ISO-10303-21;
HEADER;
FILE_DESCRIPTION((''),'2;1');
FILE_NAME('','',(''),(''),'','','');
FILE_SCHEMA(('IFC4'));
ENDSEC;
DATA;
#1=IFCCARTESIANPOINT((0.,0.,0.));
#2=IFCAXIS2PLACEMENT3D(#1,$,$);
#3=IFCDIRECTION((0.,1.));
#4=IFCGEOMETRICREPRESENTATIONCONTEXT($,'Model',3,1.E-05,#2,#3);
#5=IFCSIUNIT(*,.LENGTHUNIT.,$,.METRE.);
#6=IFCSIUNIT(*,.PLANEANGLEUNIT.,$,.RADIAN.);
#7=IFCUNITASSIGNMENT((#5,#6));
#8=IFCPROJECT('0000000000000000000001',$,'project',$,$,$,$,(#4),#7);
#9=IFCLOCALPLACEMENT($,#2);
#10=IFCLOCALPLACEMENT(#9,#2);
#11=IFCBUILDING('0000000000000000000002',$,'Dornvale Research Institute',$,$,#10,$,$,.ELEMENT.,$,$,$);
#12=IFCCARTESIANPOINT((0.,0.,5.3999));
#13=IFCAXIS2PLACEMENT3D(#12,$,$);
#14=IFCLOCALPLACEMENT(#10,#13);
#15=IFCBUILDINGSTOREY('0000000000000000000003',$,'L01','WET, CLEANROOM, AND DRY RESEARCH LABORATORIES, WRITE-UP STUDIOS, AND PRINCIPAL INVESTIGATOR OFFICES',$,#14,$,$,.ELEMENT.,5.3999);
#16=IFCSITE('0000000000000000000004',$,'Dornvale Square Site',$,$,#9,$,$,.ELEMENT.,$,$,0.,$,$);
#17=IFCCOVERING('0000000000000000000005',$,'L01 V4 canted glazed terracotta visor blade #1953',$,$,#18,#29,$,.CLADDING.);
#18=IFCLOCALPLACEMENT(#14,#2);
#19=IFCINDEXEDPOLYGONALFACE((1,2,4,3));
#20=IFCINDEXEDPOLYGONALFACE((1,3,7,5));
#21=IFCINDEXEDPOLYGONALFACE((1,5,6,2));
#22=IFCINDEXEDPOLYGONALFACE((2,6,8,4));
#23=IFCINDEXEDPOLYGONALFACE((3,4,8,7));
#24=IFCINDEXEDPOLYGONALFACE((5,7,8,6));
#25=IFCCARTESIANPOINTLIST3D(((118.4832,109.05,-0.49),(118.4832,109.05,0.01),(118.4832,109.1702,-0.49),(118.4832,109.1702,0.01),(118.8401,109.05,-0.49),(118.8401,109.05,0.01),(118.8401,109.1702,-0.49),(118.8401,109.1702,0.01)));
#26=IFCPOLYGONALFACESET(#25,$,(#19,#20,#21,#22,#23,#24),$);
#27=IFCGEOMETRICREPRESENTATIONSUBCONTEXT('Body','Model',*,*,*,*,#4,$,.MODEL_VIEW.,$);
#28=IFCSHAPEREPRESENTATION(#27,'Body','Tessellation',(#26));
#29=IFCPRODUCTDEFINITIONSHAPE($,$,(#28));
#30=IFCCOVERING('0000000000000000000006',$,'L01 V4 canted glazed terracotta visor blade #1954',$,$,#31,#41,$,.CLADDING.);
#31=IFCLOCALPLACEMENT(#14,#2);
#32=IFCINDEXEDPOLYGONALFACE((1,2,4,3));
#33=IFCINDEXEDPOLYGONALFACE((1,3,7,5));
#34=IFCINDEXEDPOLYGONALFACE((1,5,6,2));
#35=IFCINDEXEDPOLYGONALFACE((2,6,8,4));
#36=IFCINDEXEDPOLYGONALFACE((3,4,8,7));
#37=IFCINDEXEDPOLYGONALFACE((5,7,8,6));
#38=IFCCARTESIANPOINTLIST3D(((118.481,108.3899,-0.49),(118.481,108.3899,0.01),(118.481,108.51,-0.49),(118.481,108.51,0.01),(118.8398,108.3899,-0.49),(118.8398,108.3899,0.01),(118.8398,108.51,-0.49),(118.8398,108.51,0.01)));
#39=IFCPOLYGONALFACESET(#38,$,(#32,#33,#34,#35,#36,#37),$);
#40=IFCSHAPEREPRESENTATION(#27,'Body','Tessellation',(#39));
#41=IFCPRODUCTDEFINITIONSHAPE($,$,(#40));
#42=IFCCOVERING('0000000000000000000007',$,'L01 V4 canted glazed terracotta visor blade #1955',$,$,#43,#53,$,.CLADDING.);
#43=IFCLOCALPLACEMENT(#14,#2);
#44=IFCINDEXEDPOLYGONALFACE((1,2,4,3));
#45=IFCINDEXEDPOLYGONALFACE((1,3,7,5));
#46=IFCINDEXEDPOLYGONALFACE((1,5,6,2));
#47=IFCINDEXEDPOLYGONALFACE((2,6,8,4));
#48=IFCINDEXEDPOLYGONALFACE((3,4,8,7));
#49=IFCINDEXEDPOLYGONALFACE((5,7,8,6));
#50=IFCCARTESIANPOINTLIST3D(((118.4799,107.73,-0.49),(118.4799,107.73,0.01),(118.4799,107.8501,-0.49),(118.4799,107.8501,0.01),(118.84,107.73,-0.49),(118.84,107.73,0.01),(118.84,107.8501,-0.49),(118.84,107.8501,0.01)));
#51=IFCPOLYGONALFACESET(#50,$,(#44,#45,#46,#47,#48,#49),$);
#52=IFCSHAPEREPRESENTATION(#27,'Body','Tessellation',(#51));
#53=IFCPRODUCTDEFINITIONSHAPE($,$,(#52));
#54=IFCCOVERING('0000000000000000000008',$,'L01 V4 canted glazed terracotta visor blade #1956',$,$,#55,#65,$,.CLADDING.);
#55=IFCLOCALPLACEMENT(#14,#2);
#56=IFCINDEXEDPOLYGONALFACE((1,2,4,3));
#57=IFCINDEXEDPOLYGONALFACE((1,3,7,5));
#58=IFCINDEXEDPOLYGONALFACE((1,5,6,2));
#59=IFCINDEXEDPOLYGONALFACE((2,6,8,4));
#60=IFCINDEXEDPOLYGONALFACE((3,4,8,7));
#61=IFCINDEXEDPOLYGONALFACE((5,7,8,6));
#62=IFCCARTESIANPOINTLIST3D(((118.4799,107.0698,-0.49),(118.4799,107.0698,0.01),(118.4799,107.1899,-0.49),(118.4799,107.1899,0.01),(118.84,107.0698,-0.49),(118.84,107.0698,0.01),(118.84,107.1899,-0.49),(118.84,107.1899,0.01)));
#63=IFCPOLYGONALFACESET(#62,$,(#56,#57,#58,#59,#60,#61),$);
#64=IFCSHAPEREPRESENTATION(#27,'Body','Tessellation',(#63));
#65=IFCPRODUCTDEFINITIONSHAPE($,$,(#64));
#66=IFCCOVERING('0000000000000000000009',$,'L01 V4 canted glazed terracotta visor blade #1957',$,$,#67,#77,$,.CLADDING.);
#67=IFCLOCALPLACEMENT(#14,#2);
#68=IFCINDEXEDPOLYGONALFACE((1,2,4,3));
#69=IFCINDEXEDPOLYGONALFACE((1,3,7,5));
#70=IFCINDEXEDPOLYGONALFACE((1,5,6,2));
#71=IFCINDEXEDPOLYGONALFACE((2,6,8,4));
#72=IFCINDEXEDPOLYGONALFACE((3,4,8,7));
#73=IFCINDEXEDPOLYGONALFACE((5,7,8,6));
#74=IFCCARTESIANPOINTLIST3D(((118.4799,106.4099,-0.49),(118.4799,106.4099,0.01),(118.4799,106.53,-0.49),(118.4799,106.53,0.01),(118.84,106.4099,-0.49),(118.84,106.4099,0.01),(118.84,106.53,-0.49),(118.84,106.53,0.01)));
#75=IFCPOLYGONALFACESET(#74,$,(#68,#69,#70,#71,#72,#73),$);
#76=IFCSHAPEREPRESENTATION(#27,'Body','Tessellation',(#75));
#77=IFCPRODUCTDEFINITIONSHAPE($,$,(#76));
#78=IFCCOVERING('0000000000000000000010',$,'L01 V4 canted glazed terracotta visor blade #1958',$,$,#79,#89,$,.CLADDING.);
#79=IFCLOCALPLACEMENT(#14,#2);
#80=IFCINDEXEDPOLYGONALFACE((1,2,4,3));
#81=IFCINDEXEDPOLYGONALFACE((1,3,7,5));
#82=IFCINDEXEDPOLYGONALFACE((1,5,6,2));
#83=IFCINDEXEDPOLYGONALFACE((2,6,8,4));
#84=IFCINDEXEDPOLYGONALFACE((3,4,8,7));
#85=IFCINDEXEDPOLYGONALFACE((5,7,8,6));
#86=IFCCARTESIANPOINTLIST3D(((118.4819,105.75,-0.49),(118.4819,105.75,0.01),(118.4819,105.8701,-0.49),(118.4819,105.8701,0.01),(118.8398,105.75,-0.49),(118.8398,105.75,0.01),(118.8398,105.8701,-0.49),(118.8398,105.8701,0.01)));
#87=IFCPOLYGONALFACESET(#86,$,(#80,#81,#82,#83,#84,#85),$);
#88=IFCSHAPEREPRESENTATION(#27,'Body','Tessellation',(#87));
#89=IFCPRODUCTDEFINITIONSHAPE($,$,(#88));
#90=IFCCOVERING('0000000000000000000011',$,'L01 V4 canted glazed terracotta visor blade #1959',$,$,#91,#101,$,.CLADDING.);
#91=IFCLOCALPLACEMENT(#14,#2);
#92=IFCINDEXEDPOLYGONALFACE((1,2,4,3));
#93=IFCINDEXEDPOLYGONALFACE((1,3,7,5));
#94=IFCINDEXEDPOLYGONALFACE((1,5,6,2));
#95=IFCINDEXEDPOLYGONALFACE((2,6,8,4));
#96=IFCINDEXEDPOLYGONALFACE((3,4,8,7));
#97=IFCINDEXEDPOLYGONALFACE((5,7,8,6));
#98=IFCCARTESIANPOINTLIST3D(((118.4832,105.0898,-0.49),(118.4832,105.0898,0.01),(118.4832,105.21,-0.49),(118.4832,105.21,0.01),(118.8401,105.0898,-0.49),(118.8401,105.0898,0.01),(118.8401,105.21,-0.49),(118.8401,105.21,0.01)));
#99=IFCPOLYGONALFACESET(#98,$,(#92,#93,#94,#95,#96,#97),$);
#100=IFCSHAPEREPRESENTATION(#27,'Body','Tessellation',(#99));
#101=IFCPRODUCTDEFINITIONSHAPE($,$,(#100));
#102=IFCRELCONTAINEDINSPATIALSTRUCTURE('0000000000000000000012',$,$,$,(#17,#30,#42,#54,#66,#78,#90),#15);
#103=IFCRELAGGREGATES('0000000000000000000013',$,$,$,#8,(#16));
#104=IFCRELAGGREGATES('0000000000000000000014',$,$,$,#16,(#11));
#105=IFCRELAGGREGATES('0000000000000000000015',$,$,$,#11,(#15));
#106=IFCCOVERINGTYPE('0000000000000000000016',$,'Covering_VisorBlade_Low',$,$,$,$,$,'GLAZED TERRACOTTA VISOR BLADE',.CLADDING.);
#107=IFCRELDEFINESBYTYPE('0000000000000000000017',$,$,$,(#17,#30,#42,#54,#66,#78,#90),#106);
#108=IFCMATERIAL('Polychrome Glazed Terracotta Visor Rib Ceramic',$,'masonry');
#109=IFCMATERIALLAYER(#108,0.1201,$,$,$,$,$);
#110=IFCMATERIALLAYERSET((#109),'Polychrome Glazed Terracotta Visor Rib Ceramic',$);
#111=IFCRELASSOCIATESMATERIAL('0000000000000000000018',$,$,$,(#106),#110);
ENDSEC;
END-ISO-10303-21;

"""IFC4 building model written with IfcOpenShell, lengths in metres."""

from ifc_helpers import new_model, si_unit, direction, frame, origin, origin_2d, place, context, subcontext, project, spatial, rectangle, extrude, material, layer, layer_set, type_object, element, save


model = new_model("IFC4")

# Units and contexts
model_context = context("Model", 3, precision=1e-05, world=origin(), true_north=direction((0.0, 1.0)))
body_context = subcontext(model_context, "Body", "Model", "MODEL_VIEW")
ifc_project = project(units=[si_unit("LENGTHUNIT", "METRE"), si_unit("PLANEANGLEUNIT", "RADIAN")], contexts=[model_context])

# Site, building, storey
site_placement = place(None, origin())
site = spatial("IfcSite", under=ifc_project, at=site_placement, Name="Dornvale Square Site", CompositionType="ELEMENT", RefElevation=0.0)
building_placement = place(site_placement, origin())
building = spatial("IfcBuilding", under=site, at=building_placement, Name="Dornvale Research Institute", CompositionType="ELEMENT")
storey_placement = place(building_placement, frame((0.0, 0.0, 5.3999)))
storey = spatial("IfcBuildingStorey", under=building, at=storey_placement, Name="L01", Description="WET, CLEANROOM, AND DRY RESEARCH LABORATORIES, WRITE-UP STUDIOS, AND PRINCIPAL INVESTIGATOR OFFICES", CompositionType="ELEMENT", Elevation=5.3999)

# Coverings
ifc_material_1 = material(Name="Polychrome Glazed Terracotta Visor Rib Ceramic", Category="masonry")
ifc_layer_1 = layer(ifc_material_1, 0.1201)
ifc_layer_set_1 = layer_set([ifc_layer_1], Name="Polychrome Glazed Terracotta Visor Rib Ceramic")
covering_type = type_object("IfcCoveringType", Name="Covering_VisorBlade_Low", ElementType="GLAZED TERRACOTTA VISOR BLADE", PredefinedType="CLADDING", material=ifc_layer_set_1)
covering_1_placement = place(storey_placement, frame((118.6616, 109.1101, -0.49), z_axis=(0.0, 0.0, 1.0), x_axis=(1.0, 0.0, 0.0)))
element("IfcCovering", 1, at=covering_1_placement, inside=storey, type_object=covering_type, Name="L01 V4 canted glazed terracotta visor blade #1953", PredefinedType="CLADDING", context=body_context, shape_type="SweptSolid", body=[
    extrude(rectangle(XDim=0.3569, YDim=0.1201, at=origin_2d()), origin(), (0.0, 0.0, 1.0), 0.5),
])
covering_2_placement = place(storey_placement, frame((118.6604, 108.45, -0.49), z_axis=(0.0, 0.0, 1.0), x_axis=(1.0, 0.0, 0.0)))
element("IfcCovering", 2, at=covering_2_placement, inside=storey, type_object=covering_type, Name="L01 V4 canted glazed terracotta visor blade #1954", PredefinedType="CLADDING", context=body_context, shape_type="SweptSolid", body=[
    extrude(rectangle(XDim=0.3589, YDim=0.1201, at=origin_2d()), origin(), (0.0, 0.0, 1.0), 0.5),
])
for number, where, z_axis, x_axis, name in (
    (3, (118.6599, 107.79, -0.49), (0.0, 0.0, 1.0), (1.0, 0.0, 0.0), "L01 V4 canted glazed terracotta visor blade #1955"),
    (4, (118.6599, 107.1299, -0.49), (0.0, 0.0, 1.0), (1.0, 0.0, 0.0), "L01 V4 canted glazed terracotta visor blade #1956"),
    (5, (118.6599, 106.47, -0.49), (0.0, 0.0, 1.0), (1.0, 0.0, 0.0), "L01 V4 canted glazed terracotta visor blade #1957"),
):
    element("IfcCovering", number, at=place(storey_placement, frame(where, z_axis=z_axis, x_axis=x_axis)), inside=storey, type_object=covering_type, Name=name, PredefinedType="CLADDING", context=body_context, shape_type="SweptSolid", body=[
        extrude(rectangle(XDim=0.3601, YDim=0.1201, at=origin_2d()), origin(), (0.0, 0.0, 1.0), 0.5),
    ])
covering_3_placement = place(storey_placement, frame((118.6609, 105.8101, -0.49), z_axis=(0.0, 0.0, 1.0), x_axis=(1.0, 0.0, 0.0)))
element("IfcCovering", 6, at=covering_3_placement, inside=storey, type_object=covering_type, Name="L01 V4 canted glazed terracotta visor blade #1958", PredefinedType="CLADDING", context=body_context, shape_type="SweptSolid", body=[
    extrude(rectangle(XDim=0.3579, YDim=0.1201, at=origin_2d()), origin(), (0.0, 0.0, 1.0), 0.5),
])
covering_4_placement = place(storey_placement, frame((118.6616, 105.1499, -0.49), z_axis=(0.0, 0.0, 1.0), x_axis=(1.0, 0.0, 0.0)))
element("IfcCovering", 7, at=covering_4_placement, inside=storey, type_object=covering_type, Name="L01 V4 canted glazed terracotta visor blade #1959", PredefinedType="CLADDING", context=body_context, shape_type="SweptSolid", body=[
    extrude(rectangle(XDim=0.3569, YDim=0.1201, at=origin_2d()), origin(), (0.0, 0.0, 1.0), 0.5),
])

save(model, "model.ifc")
